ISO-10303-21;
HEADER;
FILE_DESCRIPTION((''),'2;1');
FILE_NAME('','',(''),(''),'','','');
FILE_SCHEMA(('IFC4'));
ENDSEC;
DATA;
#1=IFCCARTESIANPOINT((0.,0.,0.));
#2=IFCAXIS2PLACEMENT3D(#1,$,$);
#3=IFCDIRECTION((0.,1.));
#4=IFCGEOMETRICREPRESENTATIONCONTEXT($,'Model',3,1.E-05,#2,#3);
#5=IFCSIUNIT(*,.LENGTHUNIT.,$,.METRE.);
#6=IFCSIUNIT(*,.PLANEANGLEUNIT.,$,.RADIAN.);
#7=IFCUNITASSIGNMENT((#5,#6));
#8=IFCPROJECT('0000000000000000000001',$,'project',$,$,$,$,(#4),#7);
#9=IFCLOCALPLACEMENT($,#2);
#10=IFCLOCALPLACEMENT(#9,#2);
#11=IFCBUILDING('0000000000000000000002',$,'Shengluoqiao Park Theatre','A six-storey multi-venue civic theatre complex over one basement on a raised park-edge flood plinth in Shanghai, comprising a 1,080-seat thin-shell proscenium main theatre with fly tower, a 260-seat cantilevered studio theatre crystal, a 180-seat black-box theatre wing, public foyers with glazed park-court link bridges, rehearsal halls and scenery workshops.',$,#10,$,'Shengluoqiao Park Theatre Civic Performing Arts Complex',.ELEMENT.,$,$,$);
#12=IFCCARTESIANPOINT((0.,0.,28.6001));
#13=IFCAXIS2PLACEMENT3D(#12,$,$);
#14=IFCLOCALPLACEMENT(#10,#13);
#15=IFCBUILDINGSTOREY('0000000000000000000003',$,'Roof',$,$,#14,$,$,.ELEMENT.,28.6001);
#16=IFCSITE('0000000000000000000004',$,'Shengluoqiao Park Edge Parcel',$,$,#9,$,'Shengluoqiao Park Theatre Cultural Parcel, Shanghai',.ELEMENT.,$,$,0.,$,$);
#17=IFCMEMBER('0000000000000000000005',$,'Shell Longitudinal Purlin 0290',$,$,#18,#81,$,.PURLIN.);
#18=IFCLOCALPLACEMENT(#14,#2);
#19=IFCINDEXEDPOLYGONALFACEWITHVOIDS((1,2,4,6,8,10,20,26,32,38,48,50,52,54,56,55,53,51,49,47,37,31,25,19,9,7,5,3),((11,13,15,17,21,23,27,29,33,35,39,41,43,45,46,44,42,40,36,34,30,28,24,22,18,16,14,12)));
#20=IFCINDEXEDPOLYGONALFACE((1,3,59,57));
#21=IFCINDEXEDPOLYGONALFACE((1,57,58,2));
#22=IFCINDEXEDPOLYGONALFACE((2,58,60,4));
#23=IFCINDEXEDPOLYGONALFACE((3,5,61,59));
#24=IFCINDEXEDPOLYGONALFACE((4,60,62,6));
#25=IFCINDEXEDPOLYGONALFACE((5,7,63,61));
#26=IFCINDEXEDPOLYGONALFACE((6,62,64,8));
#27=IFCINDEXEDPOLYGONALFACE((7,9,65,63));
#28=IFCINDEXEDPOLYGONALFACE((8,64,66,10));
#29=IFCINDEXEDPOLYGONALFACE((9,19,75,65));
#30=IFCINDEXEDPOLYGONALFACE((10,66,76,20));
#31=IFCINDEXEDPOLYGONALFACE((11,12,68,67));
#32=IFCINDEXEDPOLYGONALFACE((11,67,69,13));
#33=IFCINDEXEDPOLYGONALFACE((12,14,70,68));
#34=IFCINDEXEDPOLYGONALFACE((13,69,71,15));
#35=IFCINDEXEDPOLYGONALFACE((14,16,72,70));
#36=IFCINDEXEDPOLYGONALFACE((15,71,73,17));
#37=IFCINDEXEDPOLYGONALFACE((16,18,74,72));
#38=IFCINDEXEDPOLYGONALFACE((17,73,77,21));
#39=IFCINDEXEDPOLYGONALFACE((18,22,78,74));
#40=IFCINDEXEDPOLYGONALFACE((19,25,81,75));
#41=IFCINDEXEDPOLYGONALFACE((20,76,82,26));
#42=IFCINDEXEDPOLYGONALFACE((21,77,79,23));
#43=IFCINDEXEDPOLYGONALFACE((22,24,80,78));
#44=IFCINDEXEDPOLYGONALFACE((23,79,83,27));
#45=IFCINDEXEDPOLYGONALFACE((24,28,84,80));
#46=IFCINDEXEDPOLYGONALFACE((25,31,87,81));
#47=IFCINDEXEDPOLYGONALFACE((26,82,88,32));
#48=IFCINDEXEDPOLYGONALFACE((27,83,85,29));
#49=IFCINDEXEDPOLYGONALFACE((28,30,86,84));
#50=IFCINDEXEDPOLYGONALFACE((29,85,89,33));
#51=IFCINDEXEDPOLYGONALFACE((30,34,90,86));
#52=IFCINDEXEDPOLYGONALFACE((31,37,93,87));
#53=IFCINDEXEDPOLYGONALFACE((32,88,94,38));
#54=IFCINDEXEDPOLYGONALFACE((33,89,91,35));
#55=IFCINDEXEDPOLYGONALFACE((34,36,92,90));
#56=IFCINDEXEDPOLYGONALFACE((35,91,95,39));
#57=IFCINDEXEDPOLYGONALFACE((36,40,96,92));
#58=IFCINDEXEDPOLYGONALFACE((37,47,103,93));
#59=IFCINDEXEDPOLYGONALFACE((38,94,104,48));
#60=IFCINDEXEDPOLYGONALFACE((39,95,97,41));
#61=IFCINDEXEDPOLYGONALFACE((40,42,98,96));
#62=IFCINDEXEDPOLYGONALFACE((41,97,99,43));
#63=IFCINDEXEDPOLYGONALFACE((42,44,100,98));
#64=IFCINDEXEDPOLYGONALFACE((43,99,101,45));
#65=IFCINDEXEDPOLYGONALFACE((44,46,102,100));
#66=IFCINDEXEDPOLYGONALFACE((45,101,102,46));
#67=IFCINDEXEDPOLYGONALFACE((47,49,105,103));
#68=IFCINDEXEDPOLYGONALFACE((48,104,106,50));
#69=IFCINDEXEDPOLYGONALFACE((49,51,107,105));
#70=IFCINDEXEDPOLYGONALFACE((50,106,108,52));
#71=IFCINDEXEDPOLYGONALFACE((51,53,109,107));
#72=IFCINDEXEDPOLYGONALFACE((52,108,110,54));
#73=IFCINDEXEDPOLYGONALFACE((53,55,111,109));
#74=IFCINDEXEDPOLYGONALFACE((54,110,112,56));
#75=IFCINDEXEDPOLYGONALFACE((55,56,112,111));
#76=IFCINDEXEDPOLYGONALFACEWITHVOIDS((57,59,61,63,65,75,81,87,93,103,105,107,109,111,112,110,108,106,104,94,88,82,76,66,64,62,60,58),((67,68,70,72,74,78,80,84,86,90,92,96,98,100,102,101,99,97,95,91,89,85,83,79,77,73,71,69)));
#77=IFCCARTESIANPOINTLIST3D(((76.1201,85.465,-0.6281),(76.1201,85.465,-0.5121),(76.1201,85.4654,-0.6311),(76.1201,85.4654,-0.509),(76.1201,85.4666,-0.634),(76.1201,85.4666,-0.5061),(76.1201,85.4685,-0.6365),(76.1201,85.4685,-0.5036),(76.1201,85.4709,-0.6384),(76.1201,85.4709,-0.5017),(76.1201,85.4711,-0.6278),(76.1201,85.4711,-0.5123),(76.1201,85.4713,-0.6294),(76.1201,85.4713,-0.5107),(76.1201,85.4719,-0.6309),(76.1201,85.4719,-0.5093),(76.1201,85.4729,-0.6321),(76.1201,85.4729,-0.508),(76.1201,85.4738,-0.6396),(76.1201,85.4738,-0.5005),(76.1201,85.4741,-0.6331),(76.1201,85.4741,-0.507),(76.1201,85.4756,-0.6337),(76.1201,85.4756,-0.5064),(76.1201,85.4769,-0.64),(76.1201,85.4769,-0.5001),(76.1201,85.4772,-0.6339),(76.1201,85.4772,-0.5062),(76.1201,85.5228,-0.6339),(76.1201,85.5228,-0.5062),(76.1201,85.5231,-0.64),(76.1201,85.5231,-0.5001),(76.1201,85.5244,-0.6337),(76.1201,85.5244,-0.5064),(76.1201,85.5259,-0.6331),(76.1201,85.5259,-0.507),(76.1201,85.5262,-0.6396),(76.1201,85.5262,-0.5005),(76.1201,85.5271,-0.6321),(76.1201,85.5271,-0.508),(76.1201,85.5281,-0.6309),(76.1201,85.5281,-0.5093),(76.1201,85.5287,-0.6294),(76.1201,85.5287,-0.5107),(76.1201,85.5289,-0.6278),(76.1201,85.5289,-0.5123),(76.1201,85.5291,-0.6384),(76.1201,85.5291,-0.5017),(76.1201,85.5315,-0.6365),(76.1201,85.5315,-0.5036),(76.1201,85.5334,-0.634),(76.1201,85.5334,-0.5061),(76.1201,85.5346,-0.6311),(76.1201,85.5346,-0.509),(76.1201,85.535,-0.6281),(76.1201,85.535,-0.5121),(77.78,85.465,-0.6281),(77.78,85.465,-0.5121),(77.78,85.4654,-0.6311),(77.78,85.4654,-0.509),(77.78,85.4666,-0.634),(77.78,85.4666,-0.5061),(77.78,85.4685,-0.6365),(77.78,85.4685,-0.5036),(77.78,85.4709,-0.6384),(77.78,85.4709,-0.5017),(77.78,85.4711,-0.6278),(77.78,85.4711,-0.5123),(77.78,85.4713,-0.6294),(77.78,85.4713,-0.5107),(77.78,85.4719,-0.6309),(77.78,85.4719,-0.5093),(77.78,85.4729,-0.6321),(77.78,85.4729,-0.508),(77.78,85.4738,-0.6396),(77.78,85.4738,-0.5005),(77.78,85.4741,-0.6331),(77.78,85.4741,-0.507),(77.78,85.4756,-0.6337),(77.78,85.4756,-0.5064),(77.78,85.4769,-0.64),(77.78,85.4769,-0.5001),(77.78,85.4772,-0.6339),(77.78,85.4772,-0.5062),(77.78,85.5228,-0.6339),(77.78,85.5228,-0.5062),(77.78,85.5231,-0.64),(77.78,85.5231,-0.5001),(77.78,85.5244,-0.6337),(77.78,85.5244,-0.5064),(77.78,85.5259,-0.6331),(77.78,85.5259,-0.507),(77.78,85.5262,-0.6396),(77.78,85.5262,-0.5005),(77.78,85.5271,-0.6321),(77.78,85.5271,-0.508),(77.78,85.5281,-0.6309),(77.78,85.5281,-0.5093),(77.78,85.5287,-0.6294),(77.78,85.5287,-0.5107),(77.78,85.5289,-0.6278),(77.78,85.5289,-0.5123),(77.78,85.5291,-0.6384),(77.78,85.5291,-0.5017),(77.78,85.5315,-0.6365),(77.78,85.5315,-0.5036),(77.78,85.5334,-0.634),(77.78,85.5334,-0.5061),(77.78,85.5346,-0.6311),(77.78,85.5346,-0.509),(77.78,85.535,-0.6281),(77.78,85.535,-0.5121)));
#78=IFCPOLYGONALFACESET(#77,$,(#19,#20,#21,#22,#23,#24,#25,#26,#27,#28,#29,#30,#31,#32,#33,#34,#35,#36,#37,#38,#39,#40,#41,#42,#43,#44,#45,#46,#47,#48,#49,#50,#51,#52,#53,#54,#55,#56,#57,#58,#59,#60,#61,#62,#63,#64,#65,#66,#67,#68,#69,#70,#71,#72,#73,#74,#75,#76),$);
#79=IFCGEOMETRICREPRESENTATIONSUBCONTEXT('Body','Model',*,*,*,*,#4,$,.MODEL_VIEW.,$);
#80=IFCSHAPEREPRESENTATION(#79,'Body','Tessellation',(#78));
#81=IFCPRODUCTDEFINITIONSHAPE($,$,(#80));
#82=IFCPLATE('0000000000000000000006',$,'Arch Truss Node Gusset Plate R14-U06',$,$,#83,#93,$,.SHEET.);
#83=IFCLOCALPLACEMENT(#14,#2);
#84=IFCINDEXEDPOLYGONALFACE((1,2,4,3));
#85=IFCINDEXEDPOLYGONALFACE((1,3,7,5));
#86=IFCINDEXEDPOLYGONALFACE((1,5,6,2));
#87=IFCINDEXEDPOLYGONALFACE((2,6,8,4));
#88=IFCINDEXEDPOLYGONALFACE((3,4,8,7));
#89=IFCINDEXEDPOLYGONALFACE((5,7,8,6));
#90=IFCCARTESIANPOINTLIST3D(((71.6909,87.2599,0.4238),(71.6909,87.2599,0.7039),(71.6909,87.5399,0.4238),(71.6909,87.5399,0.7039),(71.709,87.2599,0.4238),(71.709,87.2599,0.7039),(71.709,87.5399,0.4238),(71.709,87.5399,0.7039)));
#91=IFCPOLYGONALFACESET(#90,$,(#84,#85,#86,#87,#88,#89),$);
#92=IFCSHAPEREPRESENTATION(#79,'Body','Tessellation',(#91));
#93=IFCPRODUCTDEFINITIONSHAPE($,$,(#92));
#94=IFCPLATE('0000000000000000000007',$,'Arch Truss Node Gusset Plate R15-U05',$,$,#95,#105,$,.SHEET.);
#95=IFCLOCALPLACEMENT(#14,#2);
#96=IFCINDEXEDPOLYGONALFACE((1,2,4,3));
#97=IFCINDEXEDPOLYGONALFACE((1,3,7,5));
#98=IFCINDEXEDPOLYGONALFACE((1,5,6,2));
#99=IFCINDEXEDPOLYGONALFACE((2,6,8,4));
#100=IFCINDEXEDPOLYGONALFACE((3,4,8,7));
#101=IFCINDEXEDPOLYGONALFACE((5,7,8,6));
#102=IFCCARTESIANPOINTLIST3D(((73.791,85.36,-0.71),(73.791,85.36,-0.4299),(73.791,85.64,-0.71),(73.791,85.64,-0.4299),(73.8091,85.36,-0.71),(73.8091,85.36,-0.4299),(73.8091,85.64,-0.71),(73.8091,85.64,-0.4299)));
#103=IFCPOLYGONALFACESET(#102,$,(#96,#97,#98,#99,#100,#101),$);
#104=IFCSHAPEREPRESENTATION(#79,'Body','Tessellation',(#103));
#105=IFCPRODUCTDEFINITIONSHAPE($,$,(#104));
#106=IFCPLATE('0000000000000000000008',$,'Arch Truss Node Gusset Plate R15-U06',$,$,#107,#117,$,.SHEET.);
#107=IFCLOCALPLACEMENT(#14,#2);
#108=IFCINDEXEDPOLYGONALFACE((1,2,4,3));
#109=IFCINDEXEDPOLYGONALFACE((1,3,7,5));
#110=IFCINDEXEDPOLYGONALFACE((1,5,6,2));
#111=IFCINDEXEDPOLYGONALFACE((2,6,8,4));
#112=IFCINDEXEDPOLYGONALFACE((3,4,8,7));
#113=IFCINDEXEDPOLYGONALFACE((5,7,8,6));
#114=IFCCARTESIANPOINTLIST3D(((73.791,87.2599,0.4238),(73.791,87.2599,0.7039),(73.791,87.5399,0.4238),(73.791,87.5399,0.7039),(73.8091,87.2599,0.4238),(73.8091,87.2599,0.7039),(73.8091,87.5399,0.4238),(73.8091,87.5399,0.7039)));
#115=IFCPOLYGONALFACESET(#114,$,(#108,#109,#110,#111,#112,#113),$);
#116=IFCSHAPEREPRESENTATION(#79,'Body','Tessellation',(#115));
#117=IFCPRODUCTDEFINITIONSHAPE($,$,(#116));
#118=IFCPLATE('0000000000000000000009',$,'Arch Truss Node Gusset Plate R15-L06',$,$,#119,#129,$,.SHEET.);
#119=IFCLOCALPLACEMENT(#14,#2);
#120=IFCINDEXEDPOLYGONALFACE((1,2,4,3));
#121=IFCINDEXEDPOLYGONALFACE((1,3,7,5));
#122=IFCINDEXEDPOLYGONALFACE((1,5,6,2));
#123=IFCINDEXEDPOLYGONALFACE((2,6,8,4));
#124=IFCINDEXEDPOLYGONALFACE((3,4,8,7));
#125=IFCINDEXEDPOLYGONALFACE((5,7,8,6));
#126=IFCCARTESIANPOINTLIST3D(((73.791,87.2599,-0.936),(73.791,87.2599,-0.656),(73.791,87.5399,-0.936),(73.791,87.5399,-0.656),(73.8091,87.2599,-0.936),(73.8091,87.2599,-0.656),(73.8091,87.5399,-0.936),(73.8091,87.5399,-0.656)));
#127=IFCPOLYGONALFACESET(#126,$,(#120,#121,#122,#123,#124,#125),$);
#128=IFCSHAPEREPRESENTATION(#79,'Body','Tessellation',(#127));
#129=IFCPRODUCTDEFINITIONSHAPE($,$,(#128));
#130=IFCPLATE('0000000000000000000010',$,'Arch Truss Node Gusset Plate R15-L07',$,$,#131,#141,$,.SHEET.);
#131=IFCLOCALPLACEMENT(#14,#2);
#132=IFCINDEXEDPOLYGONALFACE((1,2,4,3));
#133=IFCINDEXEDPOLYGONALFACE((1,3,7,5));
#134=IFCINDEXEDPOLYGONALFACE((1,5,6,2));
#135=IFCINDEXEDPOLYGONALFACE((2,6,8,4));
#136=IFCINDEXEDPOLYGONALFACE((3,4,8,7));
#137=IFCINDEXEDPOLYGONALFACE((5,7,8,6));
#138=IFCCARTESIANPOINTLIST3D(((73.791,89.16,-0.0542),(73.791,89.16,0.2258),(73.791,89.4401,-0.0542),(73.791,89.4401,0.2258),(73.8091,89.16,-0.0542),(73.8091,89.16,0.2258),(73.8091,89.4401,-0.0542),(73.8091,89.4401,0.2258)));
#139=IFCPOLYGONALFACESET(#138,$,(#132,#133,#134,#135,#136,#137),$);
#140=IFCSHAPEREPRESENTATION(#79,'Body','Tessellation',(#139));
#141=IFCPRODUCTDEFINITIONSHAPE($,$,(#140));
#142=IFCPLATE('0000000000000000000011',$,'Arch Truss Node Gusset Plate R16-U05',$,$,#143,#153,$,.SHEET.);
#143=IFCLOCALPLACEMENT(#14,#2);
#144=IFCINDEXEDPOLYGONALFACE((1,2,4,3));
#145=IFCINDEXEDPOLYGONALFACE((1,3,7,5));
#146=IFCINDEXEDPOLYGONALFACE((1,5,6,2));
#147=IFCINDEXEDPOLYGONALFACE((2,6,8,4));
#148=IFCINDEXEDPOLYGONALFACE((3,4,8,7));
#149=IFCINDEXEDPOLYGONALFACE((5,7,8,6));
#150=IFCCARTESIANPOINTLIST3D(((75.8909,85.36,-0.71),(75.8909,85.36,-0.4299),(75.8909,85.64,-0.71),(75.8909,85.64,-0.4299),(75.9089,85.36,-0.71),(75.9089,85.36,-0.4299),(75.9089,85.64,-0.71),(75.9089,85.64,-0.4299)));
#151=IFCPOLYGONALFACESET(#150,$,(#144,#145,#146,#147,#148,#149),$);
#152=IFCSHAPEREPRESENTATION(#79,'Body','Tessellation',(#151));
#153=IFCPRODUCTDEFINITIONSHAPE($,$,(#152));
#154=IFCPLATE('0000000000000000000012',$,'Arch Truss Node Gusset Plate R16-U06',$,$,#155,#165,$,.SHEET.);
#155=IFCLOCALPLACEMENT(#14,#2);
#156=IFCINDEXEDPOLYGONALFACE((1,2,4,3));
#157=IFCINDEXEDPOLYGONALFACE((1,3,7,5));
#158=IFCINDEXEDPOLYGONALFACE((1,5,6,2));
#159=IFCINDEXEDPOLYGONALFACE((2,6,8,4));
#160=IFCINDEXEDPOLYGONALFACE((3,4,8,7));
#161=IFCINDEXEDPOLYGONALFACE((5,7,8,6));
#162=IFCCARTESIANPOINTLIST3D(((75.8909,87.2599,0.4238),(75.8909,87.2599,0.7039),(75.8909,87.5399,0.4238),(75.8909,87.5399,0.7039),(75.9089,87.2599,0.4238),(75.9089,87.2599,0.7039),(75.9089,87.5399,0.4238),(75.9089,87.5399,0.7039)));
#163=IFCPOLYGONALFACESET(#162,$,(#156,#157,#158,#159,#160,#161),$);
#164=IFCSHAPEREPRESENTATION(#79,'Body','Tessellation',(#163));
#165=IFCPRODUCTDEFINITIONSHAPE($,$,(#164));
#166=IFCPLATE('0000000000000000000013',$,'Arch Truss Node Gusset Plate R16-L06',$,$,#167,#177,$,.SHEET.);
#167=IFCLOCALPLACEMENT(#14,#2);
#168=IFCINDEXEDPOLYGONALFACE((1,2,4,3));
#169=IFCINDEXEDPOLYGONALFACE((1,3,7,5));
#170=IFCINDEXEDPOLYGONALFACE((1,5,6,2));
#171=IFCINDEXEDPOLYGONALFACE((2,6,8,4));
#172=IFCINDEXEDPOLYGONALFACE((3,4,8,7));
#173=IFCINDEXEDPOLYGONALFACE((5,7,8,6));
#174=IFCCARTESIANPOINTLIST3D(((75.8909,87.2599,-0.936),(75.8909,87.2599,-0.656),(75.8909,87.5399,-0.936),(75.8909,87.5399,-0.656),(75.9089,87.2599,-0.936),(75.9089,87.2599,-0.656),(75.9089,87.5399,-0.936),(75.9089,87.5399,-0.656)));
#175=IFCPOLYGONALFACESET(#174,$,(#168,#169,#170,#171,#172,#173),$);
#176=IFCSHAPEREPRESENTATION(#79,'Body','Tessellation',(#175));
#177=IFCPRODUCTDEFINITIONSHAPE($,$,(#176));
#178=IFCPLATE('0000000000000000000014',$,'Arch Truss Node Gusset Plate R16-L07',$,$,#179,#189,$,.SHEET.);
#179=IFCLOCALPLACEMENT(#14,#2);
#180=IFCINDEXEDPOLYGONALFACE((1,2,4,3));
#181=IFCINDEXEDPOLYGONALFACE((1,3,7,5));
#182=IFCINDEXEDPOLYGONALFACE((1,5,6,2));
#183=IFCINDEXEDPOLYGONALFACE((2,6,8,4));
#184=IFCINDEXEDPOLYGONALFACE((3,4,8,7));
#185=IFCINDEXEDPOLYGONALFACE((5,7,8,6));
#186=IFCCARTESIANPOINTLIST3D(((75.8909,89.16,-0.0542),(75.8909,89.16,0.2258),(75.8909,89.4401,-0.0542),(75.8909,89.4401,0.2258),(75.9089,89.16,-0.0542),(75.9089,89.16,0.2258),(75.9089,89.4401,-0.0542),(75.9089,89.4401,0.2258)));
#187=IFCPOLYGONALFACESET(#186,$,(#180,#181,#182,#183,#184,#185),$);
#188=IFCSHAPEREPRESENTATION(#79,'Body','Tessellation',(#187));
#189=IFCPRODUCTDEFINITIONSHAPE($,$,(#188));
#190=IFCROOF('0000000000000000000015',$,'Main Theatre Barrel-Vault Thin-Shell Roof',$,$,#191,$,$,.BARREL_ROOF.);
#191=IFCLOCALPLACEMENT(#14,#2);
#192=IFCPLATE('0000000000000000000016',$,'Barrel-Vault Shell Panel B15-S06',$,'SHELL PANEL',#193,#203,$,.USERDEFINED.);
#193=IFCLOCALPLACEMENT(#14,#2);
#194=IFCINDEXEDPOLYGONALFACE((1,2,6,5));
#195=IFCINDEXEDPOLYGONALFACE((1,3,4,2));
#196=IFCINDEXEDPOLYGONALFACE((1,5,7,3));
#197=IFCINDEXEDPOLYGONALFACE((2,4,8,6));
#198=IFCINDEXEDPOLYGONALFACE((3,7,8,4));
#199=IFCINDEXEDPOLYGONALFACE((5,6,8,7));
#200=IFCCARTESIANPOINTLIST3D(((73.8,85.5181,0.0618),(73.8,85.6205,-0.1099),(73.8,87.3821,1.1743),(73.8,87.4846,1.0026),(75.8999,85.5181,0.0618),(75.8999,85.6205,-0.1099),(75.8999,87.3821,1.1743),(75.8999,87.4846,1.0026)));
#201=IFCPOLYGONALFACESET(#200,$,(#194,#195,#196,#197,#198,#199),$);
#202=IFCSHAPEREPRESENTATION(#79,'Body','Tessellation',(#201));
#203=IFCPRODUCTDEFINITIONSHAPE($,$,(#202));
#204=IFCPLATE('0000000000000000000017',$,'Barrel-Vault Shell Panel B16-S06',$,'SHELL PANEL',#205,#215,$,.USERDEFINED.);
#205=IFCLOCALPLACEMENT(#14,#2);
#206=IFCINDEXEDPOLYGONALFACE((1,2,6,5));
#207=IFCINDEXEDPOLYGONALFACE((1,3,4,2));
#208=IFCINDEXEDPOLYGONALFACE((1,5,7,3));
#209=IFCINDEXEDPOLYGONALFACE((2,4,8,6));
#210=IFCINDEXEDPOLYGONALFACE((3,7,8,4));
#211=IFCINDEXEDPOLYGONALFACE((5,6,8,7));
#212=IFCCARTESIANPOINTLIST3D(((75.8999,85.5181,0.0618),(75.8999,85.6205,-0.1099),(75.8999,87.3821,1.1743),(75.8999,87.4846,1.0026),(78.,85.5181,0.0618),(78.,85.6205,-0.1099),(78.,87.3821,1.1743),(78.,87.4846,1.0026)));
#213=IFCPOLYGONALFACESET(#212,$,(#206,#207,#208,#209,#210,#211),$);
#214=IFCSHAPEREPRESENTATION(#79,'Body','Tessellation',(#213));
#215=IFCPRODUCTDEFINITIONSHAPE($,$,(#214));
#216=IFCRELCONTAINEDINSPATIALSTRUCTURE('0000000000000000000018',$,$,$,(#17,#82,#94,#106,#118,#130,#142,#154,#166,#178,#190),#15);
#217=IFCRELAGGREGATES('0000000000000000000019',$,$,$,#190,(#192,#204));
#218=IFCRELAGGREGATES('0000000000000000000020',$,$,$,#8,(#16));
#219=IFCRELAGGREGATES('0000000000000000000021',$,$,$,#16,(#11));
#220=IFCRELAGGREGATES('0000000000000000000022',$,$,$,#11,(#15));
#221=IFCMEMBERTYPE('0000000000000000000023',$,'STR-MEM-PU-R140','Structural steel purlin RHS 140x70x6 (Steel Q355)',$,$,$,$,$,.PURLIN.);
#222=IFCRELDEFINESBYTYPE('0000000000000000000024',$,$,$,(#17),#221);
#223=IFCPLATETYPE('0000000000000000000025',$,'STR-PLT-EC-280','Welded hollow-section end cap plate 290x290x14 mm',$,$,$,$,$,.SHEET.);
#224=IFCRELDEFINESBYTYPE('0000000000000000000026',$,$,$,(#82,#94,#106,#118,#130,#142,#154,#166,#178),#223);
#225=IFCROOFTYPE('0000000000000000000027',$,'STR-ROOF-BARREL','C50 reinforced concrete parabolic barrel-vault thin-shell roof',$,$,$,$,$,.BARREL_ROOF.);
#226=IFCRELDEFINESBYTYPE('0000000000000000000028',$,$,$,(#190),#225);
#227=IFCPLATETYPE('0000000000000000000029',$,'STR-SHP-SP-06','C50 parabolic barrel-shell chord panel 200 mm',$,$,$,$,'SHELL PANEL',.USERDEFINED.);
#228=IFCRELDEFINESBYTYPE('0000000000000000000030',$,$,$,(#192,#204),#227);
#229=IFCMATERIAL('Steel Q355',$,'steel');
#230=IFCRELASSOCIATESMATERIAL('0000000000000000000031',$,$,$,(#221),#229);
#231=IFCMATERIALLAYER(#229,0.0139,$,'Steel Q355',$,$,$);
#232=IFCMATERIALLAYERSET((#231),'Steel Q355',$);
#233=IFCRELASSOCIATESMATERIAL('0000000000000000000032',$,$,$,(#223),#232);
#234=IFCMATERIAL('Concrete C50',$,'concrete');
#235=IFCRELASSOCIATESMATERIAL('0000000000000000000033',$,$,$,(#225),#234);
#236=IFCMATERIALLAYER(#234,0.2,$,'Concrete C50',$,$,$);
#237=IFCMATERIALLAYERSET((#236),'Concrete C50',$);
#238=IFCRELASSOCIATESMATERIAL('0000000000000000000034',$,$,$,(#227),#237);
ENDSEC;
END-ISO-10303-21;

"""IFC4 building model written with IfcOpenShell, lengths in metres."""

from ifc_helpers import new_model, si_unit, direction, frame, origin, origin_2d, place, context, subcontext, project, spatial, polyline, rectangle, hollow_rectangle, outline, extrude, material, layer, layer_set, material_profile, profile_set, type_object, element, aggregate, save


model = new_model("IFC4")

# Units and contexts
model_context = context("Model", 3, precision=1e-05, world=origin(), true_north=direction((0.0, 1.0)))
body_context = subcontext(model_context, "Body", "Model", "MODEL_VIEW")
ifc_project = project(units=[si_unit("LENGTHUNIT", "METRE"), si_unit("PLANEANGLEUNIT", "RADIAN")], contexts=[model_context])

# Site, building, storey
site_placement = place(None, origin())
site = spatial("IfcSite", under=ifc_project, at=site_placement, Name="Shengluoqiao Park Edge Parcel", LongName="Shengluoqiao Park Theatre Cultural Parcel, Shanghai", CompositionType="ELEMENT", RefElevation=0.0)
building_placement = place(site_placement, origin())
building = spatial("IfcBuilding", under=site, at=building_placement, Name="Shengluoqiao Park Theatre", Description="A six-storey multi-venue civic theatre complex over one basement on a raised park-edge flood plinth in Shanghai, comprising a 1,080-seat thin-shell proscenium main theatre with fly tower, a 260-seat cantilevered studio theatre crystal, a 180-seat black-box theatre wing, public foyers with glazed park-court link bridges, rehearsal halls and scenery workshops.", LongName="Shengluoqiao Park Theatre Civic Performing Arts Complex", CompositionType="ELEMENT")
storey_placement = place(building_placement, frame((0.0, 0.0, 28.6001)))
storey = spatial("IfcBuildingStorey", under=building, at=storey_placement, Name="Roof", CompositionType="ELEMENT", Elevation=28.6001)

# Shared definitions
ifc_material_1 = material(Name="Concrete C50", Category="concrete")
ifc_material_2 = material(Name="Steel Q355", Category="steel")

# Member
ifc_material_profile_1 = material_profile(ifc_material_2, hollow_rectangle(XDim=0.0701, YDim=0.1399, WallThickness=0.0061, InnerFilletRadius=0.0061, OuterFilletRadius=0.012, at=origin_2d()), Name="RHS 140x70x6")
ifc_profile_set_1 = profile_set([ifc_material_profile_1], Name="Steel Q355")
member_type_1 = type_object("IfcMemberType", Name="STR-MEM-PU-R140", Description="Structural steel purlin RHS 140x70x6 (Steel Q355)", PredefinedType="PURLIN", material=ifc_profile_set_1)
for number, where, z_axis, x_axis, name in (
    (1, (76.1201, 85.5, -0.5701), (1.0, 0.0, 0.0), (0.0, 1.0, 0.0), "Shell Longitudinal Purlin 0290"),
):
    element("IfcMember", number, at=place(storey_placement, frame(where, z_axis=z_axis, x_axis=x_axis)), inside=storey, type_object=member_type_1, Name=name, PredefinedType="PURLIN", context=body_context, shape_type="SweptSolid", body=[
        extrude(hollow_rectangle(XDim=0.0701, YDim=0.1399, WallThickness=0.0061, InnerFilletRadius=0.0061, OuterFilletRadius=0.012, at=origin_2d()), origin(), (0.0, 0.0, 1.0), 1.6599),
    ])

# Plates
ifc_layer_1 = layer(ifc_material_2, 0.0139, Name="Steel Q355")
ifc_layer_set_1 = layer_set([ifc_layer_1], Name="Steel Q355")
plate_type_1 = type_object("IfcPlateType", Name="STR-PLT-EC-280", Description="Welded hollow-section end cap plate 290x290x14 mm", PredefinedType="SHEET", material=ifc_layer_set_1)
for number, where, z_axis, x_axis, name in (
    (2, (71.7, 87.3999, 0.4238), (0.0, 0.0, 1.0), (1.0, 0.0, 0.0), "Arch Truss Node Gusset Plate R14-U06"),
    (3, (73.8, 85.5, -0.71), (0.0, 0.0, 1.0), (1.0, 0.0, 0.0), "Arch Truss Node Gusset Plate R15-U05"),
    (4, (73.8, 87.3999, 0.4238), (0.0, 0.0, 1.0), (1.0, 0.0, 0.0), "Arch Truss Node Gusset Plate R15-U06"),
    (5, (73.8, 87.3999, -0.936), (0.0, 0.0, 1.0), (1.0, 0.0, 0.0), "Arch Truss Node Gusset Plate R15-L06"),
    (6, (73.8, 89.3, -0.0542), (0.0, 0.0, 1.0), (1.0, 0.0, 0.0), "Arch Truss Node Gusset Plate R15-L07"),
    (7, (75.8999, 85.5, -0.71), (0.0, 0.0, 1.0), (1.0, 0.0, 0.0), "Arch Truss Node Gusset Plate R16-U05"),
    (8, (75.8999, 87.3999, 0.4238), (0.0, 0.0, 1.0), (1.0, 0.0, 0.0), "Arch Truss Node Gusset Plate R16-U06"),
    (9, (75.8999, 87.3999, -0.936), (0.0, 0.0, 1.0), (1.0, 0.0, 0.0), "Arch Truss Node Gusset Plate R16-L06"),
    (10, (75.8999, 89.3, -0.0542), (0.0, 0.0, 1.0), (1.0, 0.0, 0.0), "Arch Truss Node Gusset Plate R16-L07"),
):
    element("IfcPlate", number, at=place(storey_placement, frame(where, z_axis=z_axis, x_axis=x_axis)), inside=storey, type_object=plate_type_1, Name=name, PredefinedType="SHEET", context=body_context, shape_type="SweptSolid", body=[
        extrude(rectangle(XDim=0.0181, YDim=0.28, at=origin_2d()), origin(), (0.0, 0.0, 1.0), 0.28),
    ])

# Roof, plates
roof_type = type_object("IfcRoofType", Name="STR-ROOF-BARREL", Description="C50 reinforced concrete parabolic barrel-vault thin-shell roof", PredefinedType="BARREL_ROOF", material=ifc_material_1)
roof_placement = place(storey_placement, origin())
roof = element("IfcRoof", 11, at=roof_placement, inside=storey, type_object=roof_type, Name="Main Theatre Barrel-Vault Thin-Shell Roof", PredefinedType="BARREL_ROOF")
ifc_layer_2 = layer(ifc_material_1, 0.2, Name="Concrete C50")
ifc_layer_set_2 = layer_set([ifc_layer_2], Name="Concrete C50")
plate_type_2 = type_object("IfcPlateType", Name="STR-SHP-SP-06", Description="C50 parabolic barrel-shell chord panel 200 mm", ElementType="SHELL PANEL", PredefinedType="USERDEFINED", material=ifc_layer_set_2)
plate_1_placement = place(storey_placement, frame((73.8, 85.5181, 0.0618), z_axis=(0.0, -0.51251, 0.858681), x_axis=(1.0, 0.0, 0.0)))
plate_1 = element("IfcPlate", 12, at=plate_1_placement, type_object=plate_type_2, Name="Barrel-Vault Shell Panel B15-S06", ObjectType="SHELL PANEL", PredefinedType="USERDEFINED", context=body_context, shape_type="SweptSolid", body=[
    extrude(outline(polyline([(0.0, 0.0), (2.0999, 0.0), (2.0999, 2.1708), (0.0, 2.1708), (0.0, 0.0)])), origin(), (0.0, 0.0, -1.0), 0.2),
])
plate_2_placement = place(storey_placement, frame((75.8999, 85.5181, 0.0618), z_axis=(0.0, -0.51251, 0.858681), x_axis=(1.0, 0.0, 0.0)))
plate_2 = element("IfcPlate", 13, at=plate_2_placement, type_object=plate_type_2, Name="Barrel-Vault Shell Panel B16-S06", ObjectType="SHELL PANEL", PredefinedType="USERDEFINED", context=body_context, shape_type="SweptSolid", body=[
    extrude(outline(polyline([(0.0, 0.0), (2.1001, 0.0), (2.1001, 2.1708), (0.0, 2.1708), (0.0, 0.0)])), origin(), (0.0, 0.0, -1.0), 0.2),
])
aggregate(roof, [plate_1, plate_2])

save(model, "model.ifc")
